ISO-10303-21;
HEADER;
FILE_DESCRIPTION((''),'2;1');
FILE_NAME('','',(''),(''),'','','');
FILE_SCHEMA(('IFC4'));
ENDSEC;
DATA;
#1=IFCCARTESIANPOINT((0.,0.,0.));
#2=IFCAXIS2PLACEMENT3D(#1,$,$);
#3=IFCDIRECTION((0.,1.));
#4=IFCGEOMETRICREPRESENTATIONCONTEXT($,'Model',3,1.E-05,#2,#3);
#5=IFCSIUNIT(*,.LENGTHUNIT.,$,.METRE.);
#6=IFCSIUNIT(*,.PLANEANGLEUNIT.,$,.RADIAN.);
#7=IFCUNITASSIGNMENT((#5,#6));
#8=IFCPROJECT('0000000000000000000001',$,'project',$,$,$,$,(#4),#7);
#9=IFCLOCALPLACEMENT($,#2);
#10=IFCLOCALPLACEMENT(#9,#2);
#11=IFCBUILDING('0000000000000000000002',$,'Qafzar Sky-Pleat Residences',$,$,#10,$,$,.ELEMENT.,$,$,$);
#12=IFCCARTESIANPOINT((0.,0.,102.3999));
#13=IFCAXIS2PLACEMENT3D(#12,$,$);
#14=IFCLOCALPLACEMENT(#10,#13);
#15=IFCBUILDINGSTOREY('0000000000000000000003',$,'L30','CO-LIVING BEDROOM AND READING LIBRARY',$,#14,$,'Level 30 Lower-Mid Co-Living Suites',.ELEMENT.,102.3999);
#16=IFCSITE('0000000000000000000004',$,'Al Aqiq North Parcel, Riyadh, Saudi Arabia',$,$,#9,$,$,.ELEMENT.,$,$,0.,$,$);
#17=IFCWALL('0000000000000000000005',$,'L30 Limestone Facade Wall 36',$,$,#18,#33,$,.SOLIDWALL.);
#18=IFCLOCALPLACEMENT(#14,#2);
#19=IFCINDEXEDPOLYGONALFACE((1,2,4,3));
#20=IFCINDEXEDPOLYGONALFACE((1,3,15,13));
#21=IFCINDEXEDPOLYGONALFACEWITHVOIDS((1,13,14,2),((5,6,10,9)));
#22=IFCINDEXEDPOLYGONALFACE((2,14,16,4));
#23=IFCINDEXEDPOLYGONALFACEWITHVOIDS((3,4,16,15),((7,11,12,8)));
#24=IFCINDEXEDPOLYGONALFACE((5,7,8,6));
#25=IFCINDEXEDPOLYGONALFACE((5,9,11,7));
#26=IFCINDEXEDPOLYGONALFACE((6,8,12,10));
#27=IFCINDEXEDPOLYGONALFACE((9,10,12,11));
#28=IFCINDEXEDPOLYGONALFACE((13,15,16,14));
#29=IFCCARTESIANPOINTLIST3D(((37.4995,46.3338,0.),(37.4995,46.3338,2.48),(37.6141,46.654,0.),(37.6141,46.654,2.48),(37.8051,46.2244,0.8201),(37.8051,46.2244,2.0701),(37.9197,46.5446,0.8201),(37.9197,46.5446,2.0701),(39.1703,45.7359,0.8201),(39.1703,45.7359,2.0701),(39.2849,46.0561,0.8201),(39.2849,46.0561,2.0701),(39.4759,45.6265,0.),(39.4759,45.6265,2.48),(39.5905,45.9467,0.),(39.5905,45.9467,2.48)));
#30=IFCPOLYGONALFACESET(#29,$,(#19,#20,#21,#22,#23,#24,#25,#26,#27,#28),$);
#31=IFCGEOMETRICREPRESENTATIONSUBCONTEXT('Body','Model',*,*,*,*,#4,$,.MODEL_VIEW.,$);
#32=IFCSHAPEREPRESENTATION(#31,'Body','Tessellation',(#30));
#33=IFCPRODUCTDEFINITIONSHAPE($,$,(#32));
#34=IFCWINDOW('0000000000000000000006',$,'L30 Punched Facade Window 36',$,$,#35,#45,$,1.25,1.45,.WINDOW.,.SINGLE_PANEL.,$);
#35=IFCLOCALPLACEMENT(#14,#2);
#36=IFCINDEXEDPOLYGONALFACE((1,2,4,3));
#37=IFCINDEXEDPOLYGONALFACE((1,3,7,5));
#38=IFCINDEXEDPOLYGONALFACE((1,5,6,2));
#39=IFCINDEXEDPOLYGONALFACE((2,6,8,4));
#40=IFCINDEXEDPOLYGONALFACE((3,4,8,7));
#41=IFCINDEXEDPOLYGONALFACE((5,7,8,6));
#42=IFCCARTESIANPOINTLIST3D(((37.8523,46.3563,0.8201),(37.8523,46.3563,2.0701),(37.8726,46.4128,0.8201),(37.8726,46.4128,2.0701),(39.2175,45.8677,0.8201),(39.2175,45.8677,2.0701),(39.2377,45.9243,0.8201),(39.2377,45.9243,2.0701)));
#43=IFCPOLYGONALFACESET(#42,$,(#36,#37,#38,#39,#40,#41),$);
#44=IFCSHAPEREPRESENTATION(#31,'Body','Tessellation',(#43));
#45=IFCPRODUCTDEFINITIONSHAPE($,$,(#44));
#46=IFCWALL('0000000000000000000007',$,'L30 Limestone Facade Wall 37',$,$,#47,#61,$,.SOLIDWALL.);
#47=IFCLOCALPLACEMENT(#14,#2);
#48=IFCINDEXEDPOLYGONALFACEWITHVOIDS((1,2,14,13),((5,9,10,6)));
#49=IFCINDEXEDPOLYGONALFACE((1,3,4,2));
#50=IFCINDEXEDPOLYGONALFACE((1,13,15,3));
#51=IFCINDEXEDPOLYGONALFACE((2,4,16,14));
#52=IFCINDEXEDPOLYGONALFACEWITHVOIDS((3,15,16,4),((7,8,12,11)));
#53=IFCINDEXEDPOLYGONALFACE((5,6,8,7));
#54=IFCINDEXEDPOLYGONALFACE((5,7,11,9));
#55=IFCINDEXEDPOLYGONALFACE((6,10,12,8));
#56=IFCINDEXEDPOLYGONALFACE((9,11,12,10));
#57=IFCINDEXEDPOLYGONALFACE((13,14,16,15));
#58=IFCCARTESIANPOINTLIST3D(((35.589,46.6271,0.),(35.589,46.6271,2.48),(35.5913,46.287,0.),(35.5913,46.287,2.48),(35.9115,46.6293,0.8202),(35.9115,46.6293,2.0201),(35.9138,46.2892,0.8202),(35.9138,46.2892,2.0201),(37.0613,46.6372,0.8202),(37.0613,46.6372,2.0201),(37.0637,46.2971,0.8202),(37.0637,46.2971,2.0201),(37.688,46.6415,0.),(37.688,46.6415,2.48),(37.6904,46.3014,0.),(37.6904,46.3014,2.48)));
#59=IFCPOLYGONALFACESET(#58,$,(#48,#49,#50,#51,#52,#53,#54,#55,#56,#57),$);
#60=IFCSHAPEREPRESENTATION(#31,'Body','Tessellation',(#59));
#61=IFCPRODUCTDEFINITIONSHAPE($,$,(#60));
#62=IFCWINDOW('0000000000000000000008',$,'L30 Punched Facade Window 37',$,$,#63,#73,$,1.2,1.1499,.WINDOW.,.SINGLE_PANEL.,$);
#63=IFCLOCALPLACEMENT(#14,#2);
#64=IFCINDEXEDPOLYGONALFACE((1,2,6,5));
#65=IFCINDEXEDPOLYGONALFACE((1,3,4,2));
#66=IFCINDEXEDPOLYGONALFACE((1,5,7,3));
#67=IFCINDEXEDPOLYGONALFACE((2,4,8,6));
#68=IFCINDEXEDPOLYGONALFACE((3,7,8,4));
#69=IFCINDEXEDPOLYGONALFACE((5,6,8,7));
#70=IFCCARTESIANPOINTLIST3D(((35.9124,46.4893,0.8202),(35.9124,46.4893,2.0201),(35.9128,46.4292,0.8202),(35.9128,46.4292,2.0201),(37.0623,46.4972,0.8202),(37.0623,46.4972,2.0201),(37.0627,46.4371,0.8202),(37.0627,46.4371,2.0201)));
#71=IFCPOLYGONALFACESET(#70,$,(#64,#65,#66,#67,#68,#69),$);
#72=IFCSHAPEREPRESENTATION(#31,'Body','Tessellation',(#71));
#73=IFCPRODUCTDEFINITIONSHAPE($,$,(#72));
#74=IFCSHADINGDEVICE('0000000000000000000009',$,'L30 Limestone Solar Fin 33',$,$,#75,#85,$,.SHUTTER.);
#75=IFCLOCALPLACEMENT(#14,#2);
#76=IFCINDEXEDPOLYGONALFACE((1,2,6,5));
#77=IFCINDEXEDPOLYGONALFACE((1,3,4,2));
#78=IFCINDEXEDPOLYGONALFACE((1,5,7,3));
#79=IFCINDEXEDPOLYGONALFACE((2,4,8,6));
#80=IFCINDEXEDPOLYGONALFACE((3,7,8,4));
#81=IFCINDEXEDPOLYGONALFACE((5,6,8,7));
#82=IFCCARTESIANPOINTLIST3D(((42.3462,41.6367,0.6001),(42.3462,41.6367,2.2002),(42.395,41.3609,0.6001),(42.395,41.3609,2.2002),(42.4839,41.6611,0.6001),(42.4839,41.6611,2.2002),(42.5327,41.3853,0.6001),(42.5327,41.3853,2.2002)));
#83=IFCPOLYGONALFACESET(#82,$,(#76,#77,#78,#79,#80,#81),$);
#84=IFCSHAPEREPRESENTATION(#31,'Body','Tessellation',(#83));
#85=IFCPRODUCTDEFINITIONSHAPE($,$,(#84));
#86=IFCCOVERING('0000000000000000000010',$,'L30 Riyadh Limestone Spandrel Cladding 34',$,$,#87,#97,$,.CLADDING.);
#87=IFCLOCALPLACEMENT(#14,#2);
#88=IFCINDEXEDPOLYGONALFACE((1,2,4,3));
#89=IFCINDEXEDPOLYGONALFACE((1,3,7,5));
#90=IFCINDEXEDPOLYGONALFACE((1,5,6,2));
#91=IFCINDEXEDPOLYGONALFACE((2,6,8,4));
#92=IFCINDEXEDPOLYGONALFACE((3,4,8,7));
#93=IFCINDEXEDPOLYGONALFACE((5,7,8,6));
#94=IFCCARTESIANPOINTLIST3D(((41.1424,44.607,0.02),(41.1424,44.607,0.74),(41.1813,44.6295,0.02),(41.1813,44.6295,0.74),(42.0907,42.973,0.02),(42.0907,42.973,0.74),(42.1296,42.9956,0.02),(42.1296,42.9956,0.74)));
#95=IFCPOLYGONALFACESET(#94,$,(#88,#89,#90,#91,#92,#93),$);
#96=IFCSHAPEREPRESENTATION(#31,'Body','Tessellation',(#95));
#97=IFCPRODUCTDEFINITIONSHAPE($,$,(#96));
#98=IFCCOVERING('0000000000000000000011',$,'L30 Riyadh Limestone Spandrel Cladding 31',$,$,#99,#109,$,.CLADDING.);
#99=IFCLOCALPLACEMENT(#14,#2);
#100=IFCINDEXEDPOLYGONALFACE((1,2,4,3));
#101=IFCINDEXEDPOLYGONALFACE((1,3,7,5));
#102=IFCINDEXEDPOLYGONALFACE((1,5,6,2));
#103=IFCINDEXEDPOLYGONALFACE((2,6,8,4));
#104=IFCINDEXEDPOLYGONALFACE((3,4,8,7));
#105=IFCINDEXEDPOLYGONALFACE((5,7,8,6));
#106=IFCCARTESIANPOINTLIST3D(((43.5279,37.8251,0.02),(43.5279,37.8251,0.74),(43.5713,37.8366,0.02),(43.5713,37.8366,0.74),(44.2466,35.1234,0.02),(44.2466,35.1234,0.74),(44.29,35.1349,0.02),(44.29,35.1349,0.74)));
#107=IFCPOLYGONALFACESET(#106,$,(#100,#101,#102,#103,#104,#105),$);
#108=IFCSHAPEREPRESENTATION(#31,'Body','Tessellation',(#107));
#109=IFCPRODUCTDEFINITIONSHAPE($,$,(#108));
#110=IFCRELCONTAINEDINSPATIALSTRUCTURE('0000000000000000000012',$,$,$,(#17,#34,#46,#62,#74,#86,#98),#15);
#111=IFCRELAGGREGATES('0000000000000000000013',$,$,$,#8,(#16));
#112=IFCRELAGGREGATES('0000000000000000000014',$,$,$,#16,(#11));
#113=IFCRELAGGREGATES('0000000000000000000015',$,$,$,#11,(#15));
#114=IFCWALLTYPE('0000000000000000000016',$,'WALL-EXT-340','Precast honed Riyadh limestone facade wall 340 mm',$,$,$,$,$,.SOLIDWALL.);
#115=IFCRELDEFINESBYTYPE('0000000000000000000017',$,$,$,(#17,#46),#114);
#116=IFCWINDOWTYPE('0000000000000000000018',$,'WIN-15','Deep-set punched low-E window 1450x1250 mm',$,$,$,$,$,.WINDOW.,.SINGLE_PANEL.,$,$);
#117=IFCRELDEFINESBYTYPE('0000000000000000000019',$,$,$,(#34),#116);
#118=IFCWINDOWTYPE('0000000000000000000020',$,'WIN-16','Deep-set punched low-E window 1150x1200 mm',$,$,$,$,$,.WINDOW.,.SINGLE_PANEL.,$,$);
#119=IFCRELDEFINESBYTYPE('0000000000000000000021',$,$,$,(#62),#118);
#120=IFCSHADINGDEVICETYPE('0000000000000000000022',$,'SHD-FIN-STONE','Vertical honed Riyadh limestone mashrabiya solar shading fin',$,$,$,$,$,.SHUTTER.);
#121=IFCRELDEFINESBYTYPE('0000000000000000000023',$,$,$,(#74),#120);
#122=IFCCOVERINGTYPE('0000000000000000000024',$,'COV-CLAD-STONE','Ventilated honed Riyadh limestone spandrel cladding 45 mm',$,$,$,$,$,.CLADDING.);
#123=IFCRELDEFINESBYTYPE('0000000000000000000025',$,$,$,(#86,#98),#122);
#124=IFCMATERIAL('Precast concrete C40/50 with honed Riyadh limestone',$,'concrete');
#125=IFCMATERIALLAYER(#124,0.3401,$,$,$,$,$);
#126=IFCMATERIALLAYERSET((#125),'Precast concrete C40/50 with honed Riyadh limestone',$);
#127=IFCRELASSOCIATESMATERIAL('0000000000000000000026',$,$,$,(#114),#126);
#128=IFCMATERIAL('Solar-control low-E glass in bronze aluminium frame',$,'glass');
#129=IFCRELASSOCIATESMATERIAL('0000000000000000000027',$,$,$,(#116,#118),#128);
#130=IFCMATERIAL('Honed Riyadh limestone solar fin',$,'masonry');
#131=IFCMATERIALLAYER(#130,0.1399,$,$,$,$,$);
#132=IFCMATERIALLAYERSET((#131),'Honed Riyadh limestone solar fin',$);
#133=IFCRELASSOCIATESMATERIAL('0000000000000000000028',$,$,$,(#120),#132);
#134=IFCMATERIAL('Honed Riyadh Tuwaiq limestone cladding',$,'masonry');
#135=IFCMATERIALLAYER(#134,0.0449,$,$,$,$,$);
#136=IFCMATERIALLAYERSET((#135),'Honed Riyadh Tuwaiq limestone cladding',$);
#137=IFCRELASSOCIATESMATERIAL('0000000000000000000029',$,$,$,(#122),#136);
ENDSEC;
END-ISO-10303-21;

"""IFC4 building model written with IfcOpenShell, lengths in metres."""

from ifc_helpers import new_model, si_unit, direction, frame, frame_2d, origin, origin_2d, place, context, subcontext, project, spatial, rectangle, extrude, source, transform, mapped, material, layer, layer_set, type_object, element, fill, save


model = new_model("IFC4")

# Units and contexts
model_context = context("Model", 3, precision=1e-05, world=origin(), true_north=direction((0.0, 1.0)))
body_context = subcontext(model_context, "Body", "Model", "MODEL_VIEW")
ifc_project = project(units=[si_unit("LENGTHUNIT", "METRE"), si_unit("PLANEANGLEUNIT", "RADIAN")], contexts=[model_context])

# Site, building, storey
site_placement = place(None, origin())
site = spatial("IfcSite", under=ifc_project, at=site_placement, Name="Al Aqiq North Parcel, Riyadh, Saudi Arabia", CompositionType="ELEMENT", RefElevation=0.0)
building_placement = place(site_placement, origin())
building = spatial("IfcBuilding", under=site, at=building_placement, Name="Qafzar Sky-Pleat Residences", CompositionType="ELEMENT")
storey_placement = place(building_placement, frame((0.0, 0.0, 102.3999)))
storey = spatial("IfcBuildingStorey", under=building, at=storey_placement, Name="L30", Description="CO-LIVING BEDROOM AND READING LIBRARY", LongName="Level 30 Lower-Mid Co-Living Suites", CompositionType="ELEMENT", Elevation=102.3999)

# Walls, openings, windows
ifc_material_1 = material(Name="Precast concrete C40/50 with honed Riyadh limestone", Category="concrete")
ifc_layer_1 = layer(ifc_material_1, 0.3401)
ifc_layer_set_1 = layer_set([ifc_layer_1], Name="Precast concrete C40/50 with honed Riyadh limestone")
wall_type_1 = type_object("IfcWallType", Name="WALL-EXT-340", Description="Precast honed Riyadh limestone facade wall 340 mm", PredefinedType="SOLIDWALL", material=ifc_layer_set_1)
ifc_material_2 = material(Name="Solar-control low-E glass in bronze aluminium frame", Category="glass")
window_type_1 = type_object("IfcWindowType", Name="WIN-15", Description="Deep-set punched low-E window 1450x1250 mm", PartitioningType="SINGLE_PANEL", PredefinedType="WINDOW", material=ifc_material_2)
shared_shape_1 = source(origin(), body_context, "Body", "SweptSolid", [
    extrude(rectangle(XDim=1.45, YDim=1.25, at=frame_2d((0.7251, 0.625))), frame((0.0, 0.03, 0.0), z_axis=(0.0, -1.0, 0.0), x_axis=(1.0, 0.0, 0.0)), (0.0, 0.0, 1.0), 0.0601),
])
wall_1_placement = place(storey_placement, frame((39.5332, 45.7866, 0.0), z_axis=(0.0, 0.0, 1.0), x_axis=(-0.941523, 0.336948, 0.0)))
wall_1 = element("IfcWall", 1, at=wall_1_placement, inside=storey, type_object=wall_type_1, Name="L30 Limestone Facade Wall 36", PredefinedType="SOLIDWALL", context=body_context, shape_type="SweptSolid", body=[
    extrude(rectangle(XDim=2.0991, YDim=0.3401, at=frame_2d((1.0496, 0.0))), origin(), (0.0, 0.0, 1.0), 2.48),
])
opening_1_placement = place(wall_1_placement, frame((0.3245, 0.0, 0.8201)))
opening_1 = element("IfcOpeningElement", 2, at=opening_1_placement, cuts=wall_1, PredefinedType="OPENING", context=body_context, shape_type="SweptSolid", body=[
    extrude(rectangle(XDim=1.45, YDim=1.25, at=frame_2d((0.7251, 0.625))), frame((0.0, 0.1802, 0.0), z_axis=(0.0, -1.0, 0.0), x_axis=(1.0, 0.0, 0.0)), (0.0, 0.0, 1.0), 0.3601),
])
window_1_placement = place(opening_1_placement, origin())
window_1 = element("IfcWindow", 3, at=window_1_placement, inside=storey, type_object=window_type_1, Name="L30 Punched Facade Window 36", OverallHeight=1.25, OverallWidth=1.45, PartitioningType="SINGLE_PANEL", PredefinedType="WINDOW", context=body_context, shape_type="MappedRepresentation", body=[
    mapped(shared_shape_1, transform((0.0, 0.0, 0.0), x_axis=(1.0, 0.0, 0.0), y_axis=(0.0, 1.0, 0.0), z_axis=(0.0, 0.0, 1.0), scale=1.0)),
])
fill(opening_1, window_1)
wall_2_placement = place(storey_placement, frame((37.6892, 46.4714, 0.0), z_axis=(0.0, 0.0, 1.0), x_axis=(-0.999976, -0.006862, 0.0)))
wall_2 = element("IfcWall", 4, at=wall_2_placement, inside=storey, type_object=wall_type_1, Name="L30 Limestone Facade Wall 37", PredefinedType="SOLIDWALL", context=body_context, shape_type="SweptSolid", body=[
    extrude(rectangle(XDim=2.0991, YDim=0.3401, at=frame_2d((1.0496, 0.0))), origin(), (0.0, 0.0, 1.0), 2.48),
])
opening_2_placement = place(wall_2_placement, frame((0.6267, 0.0, 0.8201)))
opening_2 = element("IfcOpeningElement", 5, at=opening_2_placement, cuts=wall_2, PredefinedType="OPENING", context=body_context, shape_type="SweptSolid", body=[
    extrude(rectangle(XDim=1.1499, YDim=1.2, at=frame_2d((0.575, 0.6001))), frame((0.0, 0.1802, 0.0), z_axis=(0.0, -1.0, 0.0), x_axis=(1.0, 0.0, 0.0)), (0.0, 0.0, 1.0), 0.3601),
])
window_type_2 = type_object("IfcWindowType", Name="WIN-16", Description="Deep-set punched low-E window 1150x1200 mm", PartitioningType="SINGLE_PANEL", PredefinedType="WINDOW", material=ifc_material_2)
shared_shape_2 = source(origin(), body_context, "Body", "SweptSolid", [
    extrude(rectangle(XDim=1.1499, YDim=1.2, at=frame_2d((0.575, 0.6001))), frame((0.0, 0.03, 0.0), z_axis=(0.0, -1.0, 0.0), x_axis=(1.0, 0.0, 0.0)), (0.0, 0.0, 1.0), 0.0601),
])
window_2_placement = place(opening_2_placement, origin())
window_2 = element("IfcWindow", 6, at=window_2_placement, inside=storey, type_object=window_type_2, Name="L30 Punched Facade Window 37", OverallHeight=1.2, OverallWidth=1.1499, PartitioningType="SINGLE_PANEL", PredefinedType="WINDOW", context=body_context, shape_type="MappedRepresentation", body=[
    mapped(shared_shape_2, transform((0.0, 0.0, 0.0), x_axis=(1.0, 0.0, 0.0), y_axis=(0.0, 1.0, 0.0), z_axis=(0.0, 0.0, 1.0), scale=1.0)),
])
fill(opening_2, window_2)

# Shading device
ifc_material_3 = material(Name="Honed Riyadh limestone solar fin", Category="masonry")
ifc_layer_2 = layer(ifc_material_3, 0.1399)
ifc_layer_set_2 = layer_set([ifc_layer_2], Name="Honed Riyadh limestone solar fin")
shading_device_type = type_object("IfcShadingDeviceType", Name="SHD-FIN-STONE", Description="Vertical honed Riyadh limestone mashrabiya solar shading fin", PredefinedType="SHUTTER", material=ifc_layer_set_2)
shared_shape_3 = source(origin(), body_context, "Body", "SweptSolid", [
    extrude(rectangle(XDim=0.1399, YDim=0.28, at=origin_2d()), origin(), (0.0, 0.0, 1.0), 1.6001),
])
shading_device_placement = place(storey_placement, frame((42.4395, 41.511, 0.6001), z_axis=(0.0, 0.0, 1.0), x_axis=(0.984676, 0.174394, 0.0)))
element("IfcShadingDevice", 7, at=shading_device_placement, inside=storey, type_object=shading_device_type, Name="L30 Limestone Solar Fin 33", PredefinedType="SHUTTER", context=body_context, shape_type="MappedRepresentation", body=[
    mapped(shared_shape_3, transform((0.0, 0.0, 0.0), x_axis=(1.0, 0.0, 0.0), y_axis=(0.0, 1.0, 0.0), z_axis=(0.0, 0.0, 1.0), scale=1.0)),
])

# Coverings
ifc_material_4 = material(Name="Honed Riyadh Tuwaiq limestone cladding", Category="masonry")
ifc_layer_3 = layer(ifc_material_4, 0.0449)
ifc_layer_set_3 = layer_set([ifc_layer_3], Name="Honed Riyadh Tuwaiq limestone cladding")
covering_type = type_object("IfcCoveringType", Name="COV-CLAD-STONE", Description="Ventilated honed Riyadh limestone spandrel cladding 45 mm", PredefinedType="CLADDING", material=ifc_layer_set_3)
shared_shape_4 = source(origin(), body_context, "Body", "SweptSolid", [
    extrude(rectangle(XDim=1.8892, YDim=0.0449, at=origin_2d()), origin(), (0.0, 0.0, 1.0), 0.72),
])
covering_1_placement = place(storey_placement, frame((41.636, 43.8013, 0.02), z_axis=(0.0, 0.0, 1.0), x_axis=(-0.501956, 0.864893, 0.0)))
element("IfcCovering", 8, at=covering_1_placement, inside=storey, type_object=covering_type, Name="L30 Riyadh Limestone Spandrel Cladding 34", PredefinedType="CLADDING", context=body_context, shape_type="MappedRepresentation", body=[
    mapped(shared_shape_4, transform((0.0, 0.0, 0.0), x_axis=(1.0, 0.0, 0.0), y_axis=(0.0, 1.0, 0.0), z_axis=(0.0, 0.0, 1.0), scale=1.0)),
])
shared_shape_5 = source(origin(), body_context, "Body", "SweptSolid", [
    extrude(rectangle(XDim=2.7957, YDim=0.0449, at=origin_2d()), origin(), (0.0, 0.0, 1.0), 0.72),
])
covering_2_placement = place(storey_placement, frame((43.9089, 36.48, 0.02), z_axis=(0.0, 0.0, 1.0), x_axis=(-0.257082, 0.96639, 0.0)))
element("IfcCovering", 9, at=covering_2_placement, inside=storey, type_object=covering_type, Name="L30 Riyadh Limestone Spandrel Cladding 31", PredefinedType="CLADDING", context=body_context, shape_type="MappedRepresentation", body=[
    mapped(shared_shape_5, transform((0.0, 0.0, 0.0), x_axis=(1.0, 0.0, 0.0), y_axis=(0.0, 1.0, 0.0), z_axis=(0.0, 0.0, 1.0), scale=1.0)),
])

save(model, "model.ifc")
